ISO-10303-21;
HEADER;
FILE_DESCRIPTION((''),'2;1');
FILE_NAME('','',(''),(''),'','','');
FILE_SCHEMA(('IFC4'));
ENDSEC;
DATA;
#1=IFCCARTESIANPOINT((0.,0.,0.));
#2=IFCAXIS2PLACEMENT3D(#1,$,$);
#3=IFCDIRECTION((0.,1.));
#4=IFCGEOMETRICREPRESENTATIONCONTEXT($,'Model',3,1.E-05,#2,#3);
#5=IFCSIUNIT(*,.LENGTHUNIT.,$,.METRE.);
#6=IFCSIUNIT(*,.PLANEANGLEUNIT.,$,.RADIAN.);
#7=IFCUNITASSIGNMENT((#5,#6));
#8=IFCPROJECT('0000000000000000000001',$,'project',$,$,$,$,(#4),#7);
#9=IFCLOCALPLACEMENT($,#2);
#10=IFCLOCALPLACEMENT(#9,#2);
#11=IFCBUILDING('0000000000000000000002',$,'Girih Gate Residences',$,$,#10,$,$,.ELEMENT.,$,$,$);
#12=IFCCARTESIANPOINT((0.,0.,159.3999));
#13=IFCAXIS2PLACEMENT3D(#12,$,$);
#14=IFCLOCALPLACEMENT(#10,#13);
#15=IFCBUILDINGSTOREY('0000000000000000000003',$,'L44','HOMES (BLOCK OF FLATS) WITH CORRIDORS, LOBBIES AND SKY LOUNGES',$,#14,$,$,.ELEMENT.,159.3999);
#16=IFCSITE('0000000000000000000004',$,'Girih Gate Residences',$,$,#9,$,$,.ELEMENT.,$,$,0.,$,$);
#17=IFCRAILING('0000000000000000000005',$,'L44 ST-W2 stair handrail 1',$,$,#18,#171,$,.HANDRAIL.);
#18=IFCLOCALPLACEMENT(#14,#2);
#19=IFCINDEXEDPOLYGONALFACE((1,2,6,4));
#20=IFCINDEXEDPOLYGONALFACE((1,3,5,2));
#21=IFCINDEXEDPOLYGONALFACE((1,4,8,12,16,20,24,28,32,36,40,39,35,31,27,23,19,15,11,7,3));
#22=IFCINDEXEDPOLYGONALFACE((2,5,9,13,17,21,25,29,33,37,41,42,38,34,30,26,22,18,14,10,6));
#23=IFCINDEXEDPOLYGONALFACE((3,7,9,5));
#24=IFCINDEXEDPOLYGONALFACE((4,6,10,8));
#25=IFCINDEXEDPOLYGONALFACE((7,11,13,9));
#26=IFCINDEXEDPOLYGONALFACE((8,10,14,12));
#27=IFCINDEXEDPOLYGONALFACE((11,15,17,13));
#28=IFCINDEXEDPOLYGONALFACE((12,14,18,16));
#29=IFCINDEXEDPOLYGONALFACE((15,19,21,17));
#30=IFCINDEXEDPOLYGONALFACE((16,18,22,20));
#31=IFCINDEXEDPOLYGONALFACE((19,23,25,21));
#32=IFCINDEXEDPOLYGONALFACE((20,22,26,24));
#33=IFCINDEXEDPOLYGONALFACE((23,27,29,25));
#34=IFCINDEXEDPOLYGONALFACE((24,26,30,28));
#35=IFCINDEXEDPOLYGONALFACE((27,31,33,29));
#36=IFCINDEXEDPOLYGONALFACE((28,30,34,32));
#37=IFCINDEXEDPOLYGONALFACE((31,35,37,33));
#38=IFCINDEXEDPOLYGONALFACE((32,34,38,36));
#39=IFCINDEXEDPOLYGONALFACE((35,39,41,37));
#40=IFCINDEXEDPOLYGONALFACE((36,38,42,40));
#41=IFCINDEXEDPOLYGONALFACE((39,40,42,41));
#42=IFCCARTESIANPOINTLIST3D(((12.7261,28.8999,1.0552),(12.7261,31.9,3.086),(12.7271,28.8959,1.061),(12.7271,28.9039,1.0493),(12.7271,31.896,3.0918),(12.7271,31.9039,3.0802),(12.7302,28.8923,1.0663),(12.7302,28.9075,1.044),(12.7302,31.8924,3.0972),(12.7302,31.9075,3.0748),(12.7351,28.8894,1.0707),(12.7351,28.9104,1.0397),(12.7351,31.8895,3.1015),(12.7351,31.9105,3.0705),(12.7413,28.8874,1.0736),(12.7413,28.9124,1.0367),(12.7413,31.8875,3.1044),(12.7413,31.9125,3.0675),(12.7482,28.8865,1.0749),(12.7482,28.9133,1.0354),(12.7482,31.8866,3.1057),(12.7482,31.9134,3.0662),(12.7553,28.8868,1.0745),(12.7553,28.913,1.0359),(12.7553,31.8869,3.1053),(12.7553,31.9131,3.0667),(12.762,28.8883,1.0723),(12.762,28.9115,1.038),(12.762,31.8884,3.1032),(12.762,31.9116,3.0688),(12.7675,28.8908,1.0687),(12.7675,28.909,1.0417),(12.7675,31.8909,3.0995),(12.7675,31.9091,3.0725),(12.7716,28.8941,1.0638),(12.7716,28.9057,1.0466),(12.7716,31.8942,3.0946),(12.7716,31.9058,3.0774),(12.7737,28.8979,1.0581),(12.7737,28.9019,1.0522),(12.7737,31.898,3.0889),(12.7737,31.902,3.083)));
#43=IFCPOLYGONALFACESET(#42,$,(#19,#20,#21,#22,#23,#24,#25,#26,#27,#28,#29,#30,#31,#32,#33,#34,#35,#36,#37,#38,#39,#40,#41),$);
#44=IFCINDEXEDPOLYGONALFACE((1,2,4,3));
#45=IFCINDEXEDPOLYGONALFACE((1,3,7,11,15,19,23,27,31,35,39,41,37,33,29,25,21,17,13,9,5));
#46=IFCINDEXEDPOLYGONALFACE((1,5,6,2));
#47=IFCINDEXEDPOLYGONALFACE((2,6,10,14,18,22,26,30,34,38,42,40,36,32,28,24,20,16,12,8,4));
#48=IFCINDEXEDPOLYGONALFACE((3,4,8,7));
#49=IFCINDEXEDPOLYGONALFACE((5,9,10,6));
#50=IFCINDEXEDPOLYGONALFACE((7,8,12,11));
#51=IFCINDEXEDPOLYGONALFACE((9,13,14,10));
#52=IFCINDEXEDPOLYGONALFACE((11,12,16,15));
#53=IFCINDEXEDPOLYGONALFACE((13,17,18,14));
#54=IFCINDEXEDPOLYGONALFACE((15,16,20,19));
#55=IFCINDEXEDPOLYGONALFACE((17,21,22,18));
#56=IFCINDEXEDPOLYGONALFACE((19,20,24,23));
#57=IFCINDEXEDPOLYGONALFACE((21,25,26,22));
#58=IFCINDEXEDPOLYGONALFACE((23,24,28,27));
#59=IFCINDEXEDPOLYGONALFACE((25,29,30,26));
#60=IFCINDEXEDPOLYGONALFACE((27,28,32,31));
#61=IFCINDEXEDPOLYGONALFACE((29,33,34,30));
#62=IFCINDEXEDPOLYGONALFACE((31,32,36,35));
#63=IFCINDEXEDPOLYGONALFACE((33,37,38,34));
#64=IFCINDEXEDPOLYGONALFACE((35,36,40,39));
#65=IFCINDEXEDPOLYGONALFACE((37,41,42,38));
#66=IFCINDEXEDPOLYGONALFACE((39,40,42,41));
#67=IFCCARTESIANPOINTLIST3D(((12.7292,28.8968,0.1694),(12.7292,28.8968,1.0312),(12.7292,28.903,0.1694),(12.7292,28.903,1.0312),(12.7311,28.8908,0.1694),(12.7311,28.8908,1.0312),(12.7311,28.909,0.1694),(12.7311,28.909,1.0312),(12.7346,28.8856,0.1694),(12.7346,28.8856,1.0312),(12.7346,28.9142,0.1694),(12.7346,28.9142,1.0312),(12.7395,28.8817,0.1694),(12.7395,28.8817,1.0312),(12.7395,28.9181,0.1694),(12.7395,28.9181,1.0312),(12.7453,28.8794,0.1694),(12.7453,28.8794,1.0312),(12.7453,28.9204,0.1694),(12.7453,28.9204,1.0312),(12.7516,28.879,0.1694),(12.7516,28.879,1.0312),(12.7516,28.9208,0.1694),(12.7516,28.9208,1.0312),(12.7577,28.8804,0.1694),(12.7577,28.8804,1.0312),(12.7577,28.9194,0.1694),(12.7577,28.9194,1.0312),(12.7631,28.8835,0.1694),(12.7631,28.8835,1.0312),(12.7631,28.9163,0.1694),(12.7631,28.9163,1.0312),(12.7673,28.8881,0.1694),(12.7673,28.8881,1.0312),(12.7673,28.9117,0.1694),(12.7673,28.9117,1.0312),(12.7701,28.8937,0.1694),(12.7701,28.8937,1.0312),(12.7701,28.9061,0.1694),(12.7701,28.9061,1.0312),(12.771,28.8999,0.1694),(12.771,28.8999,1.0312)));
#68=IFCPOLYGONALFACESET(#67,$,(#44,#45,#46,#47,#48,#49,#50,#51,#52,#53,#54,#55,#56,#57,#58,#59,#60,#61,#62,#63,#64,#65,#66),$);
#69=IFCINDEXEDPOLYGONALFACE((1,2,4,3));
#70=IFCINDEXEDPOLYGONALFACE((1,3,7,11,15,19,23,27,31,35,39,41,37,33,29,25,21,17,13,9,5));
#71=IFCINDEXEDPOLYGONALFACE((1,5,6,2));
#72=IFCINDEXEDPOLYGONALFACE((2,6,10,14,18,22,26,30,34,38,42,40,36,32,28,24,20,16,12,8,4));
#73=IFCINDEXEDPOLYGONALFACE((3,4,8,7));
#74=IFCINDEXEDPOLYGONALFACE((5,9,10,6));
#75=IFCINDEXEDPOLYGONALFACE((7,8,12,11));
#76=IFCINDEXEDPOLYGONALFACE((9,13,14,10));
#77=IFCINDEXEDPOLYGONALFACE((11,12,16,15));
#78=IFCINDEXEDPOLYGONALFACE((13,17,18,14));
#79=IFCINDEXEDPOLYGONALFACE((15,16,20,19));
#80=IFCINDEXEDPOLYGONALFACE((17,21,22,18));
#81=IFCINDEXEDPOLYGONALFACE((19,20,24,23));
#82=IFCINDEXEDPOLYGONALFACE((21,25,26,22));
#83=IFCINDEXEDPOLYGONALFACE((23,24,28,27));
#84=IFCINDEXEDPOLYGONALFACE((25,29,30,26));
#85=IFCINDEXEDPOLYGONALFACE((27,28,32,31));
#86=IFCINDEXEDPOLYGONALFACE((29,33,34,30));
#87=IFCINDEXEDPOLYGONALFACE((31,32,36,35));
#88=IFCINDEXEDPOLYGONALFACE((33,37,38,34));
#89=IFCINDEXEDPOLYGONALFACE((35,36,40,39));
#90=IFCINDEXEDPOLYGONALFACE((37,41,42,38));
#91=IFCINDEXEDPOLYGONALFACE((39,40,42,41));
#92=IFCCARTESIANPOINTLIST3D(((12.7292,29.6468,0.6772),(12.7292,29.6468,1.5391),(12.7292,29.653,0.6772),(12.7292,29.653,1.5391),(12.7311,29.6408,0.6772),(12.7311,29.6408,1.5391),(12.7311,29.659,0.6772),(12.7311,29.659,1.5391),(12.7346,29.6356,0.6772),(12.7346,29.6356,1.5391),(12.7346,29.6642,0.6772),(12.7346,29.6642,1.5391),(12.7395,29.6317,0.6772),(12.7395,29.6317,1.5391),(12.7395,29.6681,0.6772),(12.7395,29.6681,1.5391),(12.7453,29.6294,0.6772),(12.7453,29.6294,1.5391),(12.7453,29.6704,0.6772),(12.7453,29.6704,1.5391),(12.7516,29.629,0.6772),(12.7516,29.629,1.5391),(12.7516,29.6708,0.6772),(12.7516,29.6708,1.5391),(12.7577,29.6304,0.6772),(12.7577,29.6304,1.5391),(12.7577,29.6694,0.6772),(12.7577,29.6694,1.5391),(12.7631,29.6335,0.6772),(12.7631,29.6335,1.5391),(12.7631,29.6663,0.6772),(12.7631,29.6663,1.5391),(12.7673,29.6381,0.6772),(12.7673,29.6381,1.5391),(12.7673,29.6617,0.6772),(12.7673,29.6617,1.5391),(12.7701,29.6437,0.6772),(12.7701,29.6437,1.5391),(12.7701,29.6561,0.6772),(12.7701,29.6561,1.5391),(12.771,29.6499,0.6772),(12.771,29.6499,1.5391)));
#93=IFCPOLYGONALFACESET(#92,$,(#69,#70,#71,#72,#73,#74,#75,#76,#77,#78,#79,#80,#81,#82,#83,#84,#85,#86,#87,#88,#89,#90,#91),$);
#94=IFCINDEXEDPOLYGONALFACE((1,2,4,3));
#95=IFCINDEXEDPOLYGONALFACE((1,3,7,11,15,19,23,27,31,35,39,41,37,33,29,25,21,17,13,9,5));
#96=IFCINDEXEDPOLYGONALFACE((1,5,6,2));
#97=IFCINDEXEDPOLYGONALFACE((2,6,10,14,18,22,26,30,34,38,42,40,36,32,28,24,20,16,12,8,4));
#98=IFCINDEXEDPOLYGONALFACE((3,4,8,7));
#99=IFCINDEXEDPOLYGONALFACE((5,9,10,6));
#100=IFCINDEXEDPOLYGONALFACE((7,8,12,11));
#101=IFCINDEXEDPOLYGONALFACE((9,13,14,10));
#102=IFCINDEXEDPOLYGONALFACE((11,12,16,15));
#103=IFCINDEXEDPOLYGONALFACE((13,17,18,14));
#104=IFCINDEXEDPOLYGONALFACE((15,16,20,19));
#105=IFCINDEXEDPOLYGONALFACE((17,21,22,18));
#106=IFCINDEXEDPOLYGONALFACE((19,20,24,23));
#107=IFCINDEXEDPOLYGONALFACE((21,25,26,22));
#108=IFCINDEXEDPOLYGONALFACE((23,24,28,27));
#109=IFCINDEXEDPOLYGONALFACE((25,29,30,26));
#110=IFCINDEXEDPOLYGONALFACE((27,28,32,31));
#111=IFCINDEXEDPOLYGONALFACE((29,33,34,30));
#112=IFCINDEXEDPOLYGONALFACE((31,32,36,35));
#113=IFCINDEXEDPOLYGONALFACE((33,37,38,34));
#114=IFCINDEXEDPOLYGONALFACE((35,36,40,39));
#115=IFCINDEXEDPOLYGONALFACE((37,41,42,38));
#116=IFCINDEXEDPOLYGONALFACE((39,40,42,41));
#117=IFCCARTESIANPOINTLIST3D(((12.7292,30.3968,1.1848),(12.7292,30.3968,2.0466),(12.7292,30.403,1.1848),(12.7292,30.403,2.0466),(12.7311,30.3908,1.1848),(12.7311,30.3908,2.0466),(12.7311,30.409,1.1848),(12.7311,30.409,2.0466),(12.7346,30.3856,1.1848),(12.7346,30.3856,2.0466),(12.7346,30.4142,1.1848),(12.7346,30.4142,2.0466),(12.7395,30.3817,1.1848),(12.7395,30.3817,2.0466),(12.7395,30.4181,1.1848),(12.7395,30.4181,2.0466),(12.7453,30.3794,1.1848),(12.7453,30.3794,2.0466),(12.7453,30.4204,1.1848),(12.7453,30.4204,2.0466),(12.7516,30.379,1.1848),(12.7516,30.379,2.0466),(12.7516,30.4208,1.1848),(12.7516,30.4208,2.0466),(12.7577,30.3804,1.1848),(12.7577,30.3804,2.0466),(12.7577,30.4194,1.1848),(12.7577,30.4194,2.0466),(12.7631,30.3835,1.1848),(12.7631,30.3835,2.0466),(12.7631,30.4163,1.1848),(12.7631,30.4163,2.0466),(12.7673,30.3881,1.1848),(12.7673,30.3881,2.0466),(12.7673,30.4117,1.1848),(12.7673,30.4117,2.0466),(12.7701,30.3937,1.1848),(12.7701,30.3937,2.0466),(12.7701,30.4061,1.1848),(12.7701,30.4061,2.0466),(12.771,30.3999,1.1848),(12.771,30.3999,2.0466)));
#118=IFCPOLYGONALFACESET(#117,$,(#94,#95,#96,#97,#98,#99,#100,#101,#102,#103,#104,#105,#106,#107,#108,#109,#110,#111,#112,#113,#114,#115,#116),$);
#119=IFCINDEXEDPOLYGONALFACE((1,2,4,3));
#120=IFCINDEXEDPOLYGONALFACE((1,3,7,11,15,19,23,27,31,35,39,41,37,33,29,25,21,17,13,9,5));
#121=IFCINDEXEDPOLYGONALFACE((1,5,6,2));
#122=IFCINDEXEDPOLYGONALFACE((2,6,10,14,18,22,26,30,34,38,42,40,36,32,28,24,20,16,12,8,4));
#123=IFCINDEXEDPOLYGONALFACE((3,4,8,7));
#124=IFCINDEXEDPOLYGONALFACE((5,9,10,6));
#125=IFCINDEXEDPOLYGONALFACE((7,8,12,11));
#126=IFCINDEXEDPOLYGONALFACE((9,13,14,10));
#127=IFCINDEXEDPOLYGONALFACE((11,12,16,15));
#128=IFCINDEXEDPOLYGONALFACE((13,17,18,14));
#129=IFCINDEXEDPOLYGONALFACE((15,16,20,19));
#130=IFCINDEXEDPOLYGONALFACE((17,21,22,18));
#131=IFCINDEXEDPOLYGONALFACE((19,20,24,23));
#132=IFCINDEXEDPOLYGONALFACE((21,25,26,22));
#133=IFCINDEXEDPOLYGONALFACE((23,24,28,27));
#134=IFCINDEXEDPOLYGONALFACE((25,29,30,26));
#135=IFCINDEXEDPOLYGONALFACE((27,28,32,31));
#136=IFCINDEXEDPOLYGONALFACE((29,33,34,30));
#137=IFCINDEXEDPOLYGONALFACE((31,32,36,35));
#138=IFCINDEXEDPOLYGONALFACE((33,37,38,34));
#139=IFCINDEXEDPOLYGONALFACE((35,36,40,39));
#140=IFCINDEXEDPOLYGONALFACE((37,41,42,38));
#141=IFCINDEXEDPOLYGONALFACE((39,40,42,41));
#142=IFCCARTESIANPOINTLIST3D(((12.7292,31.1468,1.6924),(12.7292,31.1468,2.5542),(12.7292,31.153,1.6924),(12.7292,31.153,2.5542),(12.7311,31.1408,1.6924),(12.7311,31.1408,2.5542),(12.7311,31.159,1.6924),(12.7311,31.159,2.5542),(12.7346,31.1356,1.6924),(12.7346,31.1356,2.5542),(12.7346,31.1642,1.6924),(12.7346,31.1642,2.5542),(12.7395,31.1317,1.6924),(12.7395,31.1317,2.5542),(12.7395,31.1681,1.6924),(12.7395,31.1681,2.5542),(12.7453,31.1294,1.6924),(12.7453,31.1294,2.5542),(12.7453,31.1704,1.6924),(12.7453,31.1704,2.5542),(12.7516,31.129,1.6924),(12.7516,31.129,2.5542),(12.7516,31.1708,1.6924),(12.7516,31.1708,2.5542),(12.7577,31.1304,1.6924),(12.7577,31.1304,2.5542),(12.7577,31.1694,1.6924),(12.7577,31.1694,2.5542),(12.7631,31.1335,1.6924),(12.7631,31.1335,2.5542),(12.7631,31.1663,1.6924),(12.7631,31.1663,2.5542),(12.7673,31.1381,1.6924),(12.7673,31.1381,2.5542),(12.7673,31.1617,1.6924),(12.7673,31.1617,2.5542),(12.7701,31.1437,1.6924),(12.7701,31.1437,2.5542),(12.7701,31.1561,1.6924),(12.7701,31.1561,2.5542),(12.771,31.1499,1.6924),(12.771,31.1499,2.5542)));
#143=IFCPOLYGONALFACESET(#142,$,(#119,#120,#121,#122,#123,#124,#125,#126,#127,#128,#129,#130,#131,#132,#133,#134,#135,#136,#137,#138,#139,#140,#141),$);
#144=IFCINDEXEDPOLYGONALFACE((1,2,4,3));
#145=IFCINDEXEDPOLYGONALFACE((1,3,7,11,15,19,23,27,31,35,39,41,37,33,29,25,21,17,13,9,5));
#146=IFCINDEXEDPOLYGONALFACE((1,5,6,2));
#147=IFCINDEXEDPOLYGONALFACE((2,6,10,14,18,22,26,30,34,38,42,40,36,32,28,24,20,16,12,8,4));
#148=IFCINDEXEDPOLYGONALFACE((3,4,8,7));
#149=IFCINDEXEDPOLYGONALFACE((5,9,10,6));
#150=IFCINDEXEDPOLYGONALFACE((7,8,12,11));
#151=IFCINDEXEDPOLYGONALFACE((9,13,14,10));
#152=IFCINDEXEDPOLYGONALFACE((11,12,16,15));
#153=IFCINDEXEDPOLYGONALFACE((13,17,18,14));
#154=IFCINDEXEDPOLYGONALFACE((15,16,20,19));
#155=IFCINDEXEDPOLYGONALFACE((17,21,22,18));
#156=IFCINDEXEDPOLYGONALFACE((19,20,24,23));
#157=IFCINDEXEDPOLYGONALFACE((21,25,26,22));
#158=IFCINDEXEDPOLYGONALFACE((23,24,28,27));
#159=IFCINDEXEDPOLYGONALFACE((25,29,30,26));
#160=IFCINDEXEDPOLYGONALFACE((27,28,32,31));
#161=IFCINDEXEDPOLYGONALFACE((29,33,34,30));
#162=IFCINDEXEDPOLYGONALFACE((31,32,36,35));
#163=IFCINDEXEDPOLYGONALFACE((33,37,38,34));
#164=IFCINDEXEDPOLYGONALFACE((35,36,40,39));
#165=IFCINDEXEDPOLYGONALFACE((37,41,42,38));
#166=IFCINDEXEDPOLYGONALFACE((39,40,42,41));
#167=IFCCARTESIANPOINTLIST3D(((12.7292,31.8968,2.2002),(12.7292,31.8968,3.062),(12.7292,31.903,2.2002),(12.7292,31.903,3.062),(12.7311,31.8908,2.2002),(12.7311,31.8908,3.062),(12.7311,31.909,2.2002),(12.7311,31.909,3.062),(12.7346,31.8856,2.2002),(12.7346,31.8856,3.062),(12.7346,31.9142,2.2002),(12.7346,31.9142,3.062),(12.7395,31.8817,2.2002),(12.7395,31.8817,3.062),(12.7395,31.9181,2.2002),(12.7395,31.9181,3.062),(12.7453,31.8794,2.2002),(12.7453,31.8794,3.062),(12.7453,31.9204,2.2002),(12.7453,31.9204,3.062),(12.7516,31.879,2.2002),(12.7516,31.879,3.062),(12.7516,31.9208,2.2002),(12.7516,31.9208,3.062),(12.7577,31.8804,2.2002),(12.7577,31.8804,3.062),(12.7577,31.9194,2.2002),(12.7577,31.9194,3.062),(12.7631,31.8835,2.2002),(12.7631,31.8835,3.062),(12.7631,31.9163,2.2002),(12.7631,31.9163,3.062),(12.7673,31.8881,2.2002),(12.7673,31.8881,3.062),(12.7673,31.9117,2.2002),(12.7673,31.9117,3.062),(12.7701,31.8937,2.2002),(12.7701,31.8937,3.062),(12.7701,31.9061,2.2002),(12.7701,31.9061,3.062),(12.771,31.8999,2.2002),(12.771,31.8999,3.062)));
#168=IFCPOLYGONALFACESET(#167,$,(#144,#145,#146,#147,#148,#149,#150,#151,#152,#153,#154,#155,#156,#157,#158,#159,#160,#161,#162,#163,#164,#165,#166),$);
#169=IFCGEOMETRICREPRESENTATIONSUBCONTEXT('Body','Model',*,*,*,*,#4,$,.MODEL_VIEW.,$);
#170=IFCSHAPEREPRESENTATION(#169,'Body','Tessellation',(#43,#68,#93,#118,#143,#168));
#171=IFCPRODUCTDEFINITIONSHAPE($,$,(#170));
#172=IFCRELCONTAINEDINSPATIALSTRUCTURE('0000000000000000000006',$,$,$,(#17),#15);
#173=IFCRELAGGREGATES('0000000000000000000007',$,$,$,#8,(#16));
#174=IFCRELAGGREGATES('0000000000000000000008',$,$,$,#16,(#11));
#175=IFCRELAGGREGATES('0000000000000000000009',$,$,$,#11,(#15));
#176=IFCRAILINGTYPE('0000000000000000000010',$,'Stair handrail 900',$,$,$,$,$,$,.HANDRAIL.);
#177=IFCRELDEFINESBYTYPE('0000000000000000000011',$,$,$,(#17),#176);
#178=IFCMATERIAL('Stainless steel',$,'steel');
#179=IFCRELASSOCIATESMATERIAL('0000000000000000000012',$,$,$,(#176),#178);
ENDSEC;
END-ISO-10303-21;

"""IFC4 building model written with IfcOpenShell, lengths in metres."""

from ifc_helpers import new_model, si_unit, direction, frame, origin, origin_2d, place, context, subcontext, project, spatial, circle, extrude, material, type_object, element, save


model = new_model("IFC4")

# Units and contexts
model_context = context("Model", 3, precision=1e-05, world=origin(), true_north=direction((0.0, 1.0)))
body_context = subcontext(model_context, "Body", "Model", "MODEL_VIEW")
ifc_project = project(units=[si_unit("LENGTHUNIT", "METRE"), si_unit("PLANEANGLEUNIT", "RADIAN")], contexts=[model_context])

# Site, building, storey
site_placement = place(None, origin())
site = spatial("IfcSite", under=ifc_project, at=site_placement, Name="Girih Gate Residences", CompositionType="ELEMENT", RefElevation=0.0)
building_placement = place(site_placement, origin())
building = spatial("IfcBuilding", under=site, at=building_placement, Name="Girih Gate Residences", CompositionType="ELEMENT")
storey_placement = place(building_placement, frame((0.0, 0.0, 159.3999)))
storey = spatial("IfcBuildingStorey", under=building, at=storey_placement, Name="L44", Description="HOMES (BLOCK OF FLATS) WITH CORRIDORS, LOBBIES AND SKY LOUNGES", CompositionType="ELEMENT", Elevation=159.3999)

# Railing
ifc_material_1 = material(Name="Stainless steel", Category="steel")
railing_type_1 = type_object("IfcRailingType", Name="Stair handrail 900", PredefinedType="HANDRAIL", material=ifc_material_1)
for number, where, name in (
    (1, (12.75, 28.8999, 0.1694), "L44 ST-W2 stair handrail 1"),
):
    element("IfcRailing", number, at=place(storey_placement, frame(where)), inside=storey, type_object=railing_type_1, Name=name, PredefinedType="HANDRAIL", context=body_context, shape_type="SweptSolid", body=[
        extrude(circle(Radius=0.0239, at=origin_2d()), frame((0.0, 0.0, 0.8857), z_axis=(0.0, 0.82811, 0.560565), x_axis=(-1.0, 0.0, 0.0)), (0.0, 0.0, 1.0), 3.6228),
        extrude(circle(Radius=0.021, at=origin_2d()), origin(), (0.0, 0.0, 1.0), 0.8618),
        extrude(circle(Radius=0.021, at=origin_2d()), frame((0.0, 0.75, 0.5078)), (0.0, 0.0, 1.0), 0.8618),
        extrude(circle(Radius=0.021, at=origin_2d()), frame((0.0, 1.5, 1.0154)), (0.0, 0.0, 1.0), 0.8618),
        extrude(circle(Radius=0.021, at=origin_2d()), frame((0.0, 2.25, 1.5229)), (0.0, 0.0, 1.0), 0.8618),
        extrude(circle(Radius=0.021, at=origin_2d()), frame((0.0, 3.0, 2.0308)), (0.0, 0.0, 1.0), 0.8618),
    ])

save(model, "model.ifc")
